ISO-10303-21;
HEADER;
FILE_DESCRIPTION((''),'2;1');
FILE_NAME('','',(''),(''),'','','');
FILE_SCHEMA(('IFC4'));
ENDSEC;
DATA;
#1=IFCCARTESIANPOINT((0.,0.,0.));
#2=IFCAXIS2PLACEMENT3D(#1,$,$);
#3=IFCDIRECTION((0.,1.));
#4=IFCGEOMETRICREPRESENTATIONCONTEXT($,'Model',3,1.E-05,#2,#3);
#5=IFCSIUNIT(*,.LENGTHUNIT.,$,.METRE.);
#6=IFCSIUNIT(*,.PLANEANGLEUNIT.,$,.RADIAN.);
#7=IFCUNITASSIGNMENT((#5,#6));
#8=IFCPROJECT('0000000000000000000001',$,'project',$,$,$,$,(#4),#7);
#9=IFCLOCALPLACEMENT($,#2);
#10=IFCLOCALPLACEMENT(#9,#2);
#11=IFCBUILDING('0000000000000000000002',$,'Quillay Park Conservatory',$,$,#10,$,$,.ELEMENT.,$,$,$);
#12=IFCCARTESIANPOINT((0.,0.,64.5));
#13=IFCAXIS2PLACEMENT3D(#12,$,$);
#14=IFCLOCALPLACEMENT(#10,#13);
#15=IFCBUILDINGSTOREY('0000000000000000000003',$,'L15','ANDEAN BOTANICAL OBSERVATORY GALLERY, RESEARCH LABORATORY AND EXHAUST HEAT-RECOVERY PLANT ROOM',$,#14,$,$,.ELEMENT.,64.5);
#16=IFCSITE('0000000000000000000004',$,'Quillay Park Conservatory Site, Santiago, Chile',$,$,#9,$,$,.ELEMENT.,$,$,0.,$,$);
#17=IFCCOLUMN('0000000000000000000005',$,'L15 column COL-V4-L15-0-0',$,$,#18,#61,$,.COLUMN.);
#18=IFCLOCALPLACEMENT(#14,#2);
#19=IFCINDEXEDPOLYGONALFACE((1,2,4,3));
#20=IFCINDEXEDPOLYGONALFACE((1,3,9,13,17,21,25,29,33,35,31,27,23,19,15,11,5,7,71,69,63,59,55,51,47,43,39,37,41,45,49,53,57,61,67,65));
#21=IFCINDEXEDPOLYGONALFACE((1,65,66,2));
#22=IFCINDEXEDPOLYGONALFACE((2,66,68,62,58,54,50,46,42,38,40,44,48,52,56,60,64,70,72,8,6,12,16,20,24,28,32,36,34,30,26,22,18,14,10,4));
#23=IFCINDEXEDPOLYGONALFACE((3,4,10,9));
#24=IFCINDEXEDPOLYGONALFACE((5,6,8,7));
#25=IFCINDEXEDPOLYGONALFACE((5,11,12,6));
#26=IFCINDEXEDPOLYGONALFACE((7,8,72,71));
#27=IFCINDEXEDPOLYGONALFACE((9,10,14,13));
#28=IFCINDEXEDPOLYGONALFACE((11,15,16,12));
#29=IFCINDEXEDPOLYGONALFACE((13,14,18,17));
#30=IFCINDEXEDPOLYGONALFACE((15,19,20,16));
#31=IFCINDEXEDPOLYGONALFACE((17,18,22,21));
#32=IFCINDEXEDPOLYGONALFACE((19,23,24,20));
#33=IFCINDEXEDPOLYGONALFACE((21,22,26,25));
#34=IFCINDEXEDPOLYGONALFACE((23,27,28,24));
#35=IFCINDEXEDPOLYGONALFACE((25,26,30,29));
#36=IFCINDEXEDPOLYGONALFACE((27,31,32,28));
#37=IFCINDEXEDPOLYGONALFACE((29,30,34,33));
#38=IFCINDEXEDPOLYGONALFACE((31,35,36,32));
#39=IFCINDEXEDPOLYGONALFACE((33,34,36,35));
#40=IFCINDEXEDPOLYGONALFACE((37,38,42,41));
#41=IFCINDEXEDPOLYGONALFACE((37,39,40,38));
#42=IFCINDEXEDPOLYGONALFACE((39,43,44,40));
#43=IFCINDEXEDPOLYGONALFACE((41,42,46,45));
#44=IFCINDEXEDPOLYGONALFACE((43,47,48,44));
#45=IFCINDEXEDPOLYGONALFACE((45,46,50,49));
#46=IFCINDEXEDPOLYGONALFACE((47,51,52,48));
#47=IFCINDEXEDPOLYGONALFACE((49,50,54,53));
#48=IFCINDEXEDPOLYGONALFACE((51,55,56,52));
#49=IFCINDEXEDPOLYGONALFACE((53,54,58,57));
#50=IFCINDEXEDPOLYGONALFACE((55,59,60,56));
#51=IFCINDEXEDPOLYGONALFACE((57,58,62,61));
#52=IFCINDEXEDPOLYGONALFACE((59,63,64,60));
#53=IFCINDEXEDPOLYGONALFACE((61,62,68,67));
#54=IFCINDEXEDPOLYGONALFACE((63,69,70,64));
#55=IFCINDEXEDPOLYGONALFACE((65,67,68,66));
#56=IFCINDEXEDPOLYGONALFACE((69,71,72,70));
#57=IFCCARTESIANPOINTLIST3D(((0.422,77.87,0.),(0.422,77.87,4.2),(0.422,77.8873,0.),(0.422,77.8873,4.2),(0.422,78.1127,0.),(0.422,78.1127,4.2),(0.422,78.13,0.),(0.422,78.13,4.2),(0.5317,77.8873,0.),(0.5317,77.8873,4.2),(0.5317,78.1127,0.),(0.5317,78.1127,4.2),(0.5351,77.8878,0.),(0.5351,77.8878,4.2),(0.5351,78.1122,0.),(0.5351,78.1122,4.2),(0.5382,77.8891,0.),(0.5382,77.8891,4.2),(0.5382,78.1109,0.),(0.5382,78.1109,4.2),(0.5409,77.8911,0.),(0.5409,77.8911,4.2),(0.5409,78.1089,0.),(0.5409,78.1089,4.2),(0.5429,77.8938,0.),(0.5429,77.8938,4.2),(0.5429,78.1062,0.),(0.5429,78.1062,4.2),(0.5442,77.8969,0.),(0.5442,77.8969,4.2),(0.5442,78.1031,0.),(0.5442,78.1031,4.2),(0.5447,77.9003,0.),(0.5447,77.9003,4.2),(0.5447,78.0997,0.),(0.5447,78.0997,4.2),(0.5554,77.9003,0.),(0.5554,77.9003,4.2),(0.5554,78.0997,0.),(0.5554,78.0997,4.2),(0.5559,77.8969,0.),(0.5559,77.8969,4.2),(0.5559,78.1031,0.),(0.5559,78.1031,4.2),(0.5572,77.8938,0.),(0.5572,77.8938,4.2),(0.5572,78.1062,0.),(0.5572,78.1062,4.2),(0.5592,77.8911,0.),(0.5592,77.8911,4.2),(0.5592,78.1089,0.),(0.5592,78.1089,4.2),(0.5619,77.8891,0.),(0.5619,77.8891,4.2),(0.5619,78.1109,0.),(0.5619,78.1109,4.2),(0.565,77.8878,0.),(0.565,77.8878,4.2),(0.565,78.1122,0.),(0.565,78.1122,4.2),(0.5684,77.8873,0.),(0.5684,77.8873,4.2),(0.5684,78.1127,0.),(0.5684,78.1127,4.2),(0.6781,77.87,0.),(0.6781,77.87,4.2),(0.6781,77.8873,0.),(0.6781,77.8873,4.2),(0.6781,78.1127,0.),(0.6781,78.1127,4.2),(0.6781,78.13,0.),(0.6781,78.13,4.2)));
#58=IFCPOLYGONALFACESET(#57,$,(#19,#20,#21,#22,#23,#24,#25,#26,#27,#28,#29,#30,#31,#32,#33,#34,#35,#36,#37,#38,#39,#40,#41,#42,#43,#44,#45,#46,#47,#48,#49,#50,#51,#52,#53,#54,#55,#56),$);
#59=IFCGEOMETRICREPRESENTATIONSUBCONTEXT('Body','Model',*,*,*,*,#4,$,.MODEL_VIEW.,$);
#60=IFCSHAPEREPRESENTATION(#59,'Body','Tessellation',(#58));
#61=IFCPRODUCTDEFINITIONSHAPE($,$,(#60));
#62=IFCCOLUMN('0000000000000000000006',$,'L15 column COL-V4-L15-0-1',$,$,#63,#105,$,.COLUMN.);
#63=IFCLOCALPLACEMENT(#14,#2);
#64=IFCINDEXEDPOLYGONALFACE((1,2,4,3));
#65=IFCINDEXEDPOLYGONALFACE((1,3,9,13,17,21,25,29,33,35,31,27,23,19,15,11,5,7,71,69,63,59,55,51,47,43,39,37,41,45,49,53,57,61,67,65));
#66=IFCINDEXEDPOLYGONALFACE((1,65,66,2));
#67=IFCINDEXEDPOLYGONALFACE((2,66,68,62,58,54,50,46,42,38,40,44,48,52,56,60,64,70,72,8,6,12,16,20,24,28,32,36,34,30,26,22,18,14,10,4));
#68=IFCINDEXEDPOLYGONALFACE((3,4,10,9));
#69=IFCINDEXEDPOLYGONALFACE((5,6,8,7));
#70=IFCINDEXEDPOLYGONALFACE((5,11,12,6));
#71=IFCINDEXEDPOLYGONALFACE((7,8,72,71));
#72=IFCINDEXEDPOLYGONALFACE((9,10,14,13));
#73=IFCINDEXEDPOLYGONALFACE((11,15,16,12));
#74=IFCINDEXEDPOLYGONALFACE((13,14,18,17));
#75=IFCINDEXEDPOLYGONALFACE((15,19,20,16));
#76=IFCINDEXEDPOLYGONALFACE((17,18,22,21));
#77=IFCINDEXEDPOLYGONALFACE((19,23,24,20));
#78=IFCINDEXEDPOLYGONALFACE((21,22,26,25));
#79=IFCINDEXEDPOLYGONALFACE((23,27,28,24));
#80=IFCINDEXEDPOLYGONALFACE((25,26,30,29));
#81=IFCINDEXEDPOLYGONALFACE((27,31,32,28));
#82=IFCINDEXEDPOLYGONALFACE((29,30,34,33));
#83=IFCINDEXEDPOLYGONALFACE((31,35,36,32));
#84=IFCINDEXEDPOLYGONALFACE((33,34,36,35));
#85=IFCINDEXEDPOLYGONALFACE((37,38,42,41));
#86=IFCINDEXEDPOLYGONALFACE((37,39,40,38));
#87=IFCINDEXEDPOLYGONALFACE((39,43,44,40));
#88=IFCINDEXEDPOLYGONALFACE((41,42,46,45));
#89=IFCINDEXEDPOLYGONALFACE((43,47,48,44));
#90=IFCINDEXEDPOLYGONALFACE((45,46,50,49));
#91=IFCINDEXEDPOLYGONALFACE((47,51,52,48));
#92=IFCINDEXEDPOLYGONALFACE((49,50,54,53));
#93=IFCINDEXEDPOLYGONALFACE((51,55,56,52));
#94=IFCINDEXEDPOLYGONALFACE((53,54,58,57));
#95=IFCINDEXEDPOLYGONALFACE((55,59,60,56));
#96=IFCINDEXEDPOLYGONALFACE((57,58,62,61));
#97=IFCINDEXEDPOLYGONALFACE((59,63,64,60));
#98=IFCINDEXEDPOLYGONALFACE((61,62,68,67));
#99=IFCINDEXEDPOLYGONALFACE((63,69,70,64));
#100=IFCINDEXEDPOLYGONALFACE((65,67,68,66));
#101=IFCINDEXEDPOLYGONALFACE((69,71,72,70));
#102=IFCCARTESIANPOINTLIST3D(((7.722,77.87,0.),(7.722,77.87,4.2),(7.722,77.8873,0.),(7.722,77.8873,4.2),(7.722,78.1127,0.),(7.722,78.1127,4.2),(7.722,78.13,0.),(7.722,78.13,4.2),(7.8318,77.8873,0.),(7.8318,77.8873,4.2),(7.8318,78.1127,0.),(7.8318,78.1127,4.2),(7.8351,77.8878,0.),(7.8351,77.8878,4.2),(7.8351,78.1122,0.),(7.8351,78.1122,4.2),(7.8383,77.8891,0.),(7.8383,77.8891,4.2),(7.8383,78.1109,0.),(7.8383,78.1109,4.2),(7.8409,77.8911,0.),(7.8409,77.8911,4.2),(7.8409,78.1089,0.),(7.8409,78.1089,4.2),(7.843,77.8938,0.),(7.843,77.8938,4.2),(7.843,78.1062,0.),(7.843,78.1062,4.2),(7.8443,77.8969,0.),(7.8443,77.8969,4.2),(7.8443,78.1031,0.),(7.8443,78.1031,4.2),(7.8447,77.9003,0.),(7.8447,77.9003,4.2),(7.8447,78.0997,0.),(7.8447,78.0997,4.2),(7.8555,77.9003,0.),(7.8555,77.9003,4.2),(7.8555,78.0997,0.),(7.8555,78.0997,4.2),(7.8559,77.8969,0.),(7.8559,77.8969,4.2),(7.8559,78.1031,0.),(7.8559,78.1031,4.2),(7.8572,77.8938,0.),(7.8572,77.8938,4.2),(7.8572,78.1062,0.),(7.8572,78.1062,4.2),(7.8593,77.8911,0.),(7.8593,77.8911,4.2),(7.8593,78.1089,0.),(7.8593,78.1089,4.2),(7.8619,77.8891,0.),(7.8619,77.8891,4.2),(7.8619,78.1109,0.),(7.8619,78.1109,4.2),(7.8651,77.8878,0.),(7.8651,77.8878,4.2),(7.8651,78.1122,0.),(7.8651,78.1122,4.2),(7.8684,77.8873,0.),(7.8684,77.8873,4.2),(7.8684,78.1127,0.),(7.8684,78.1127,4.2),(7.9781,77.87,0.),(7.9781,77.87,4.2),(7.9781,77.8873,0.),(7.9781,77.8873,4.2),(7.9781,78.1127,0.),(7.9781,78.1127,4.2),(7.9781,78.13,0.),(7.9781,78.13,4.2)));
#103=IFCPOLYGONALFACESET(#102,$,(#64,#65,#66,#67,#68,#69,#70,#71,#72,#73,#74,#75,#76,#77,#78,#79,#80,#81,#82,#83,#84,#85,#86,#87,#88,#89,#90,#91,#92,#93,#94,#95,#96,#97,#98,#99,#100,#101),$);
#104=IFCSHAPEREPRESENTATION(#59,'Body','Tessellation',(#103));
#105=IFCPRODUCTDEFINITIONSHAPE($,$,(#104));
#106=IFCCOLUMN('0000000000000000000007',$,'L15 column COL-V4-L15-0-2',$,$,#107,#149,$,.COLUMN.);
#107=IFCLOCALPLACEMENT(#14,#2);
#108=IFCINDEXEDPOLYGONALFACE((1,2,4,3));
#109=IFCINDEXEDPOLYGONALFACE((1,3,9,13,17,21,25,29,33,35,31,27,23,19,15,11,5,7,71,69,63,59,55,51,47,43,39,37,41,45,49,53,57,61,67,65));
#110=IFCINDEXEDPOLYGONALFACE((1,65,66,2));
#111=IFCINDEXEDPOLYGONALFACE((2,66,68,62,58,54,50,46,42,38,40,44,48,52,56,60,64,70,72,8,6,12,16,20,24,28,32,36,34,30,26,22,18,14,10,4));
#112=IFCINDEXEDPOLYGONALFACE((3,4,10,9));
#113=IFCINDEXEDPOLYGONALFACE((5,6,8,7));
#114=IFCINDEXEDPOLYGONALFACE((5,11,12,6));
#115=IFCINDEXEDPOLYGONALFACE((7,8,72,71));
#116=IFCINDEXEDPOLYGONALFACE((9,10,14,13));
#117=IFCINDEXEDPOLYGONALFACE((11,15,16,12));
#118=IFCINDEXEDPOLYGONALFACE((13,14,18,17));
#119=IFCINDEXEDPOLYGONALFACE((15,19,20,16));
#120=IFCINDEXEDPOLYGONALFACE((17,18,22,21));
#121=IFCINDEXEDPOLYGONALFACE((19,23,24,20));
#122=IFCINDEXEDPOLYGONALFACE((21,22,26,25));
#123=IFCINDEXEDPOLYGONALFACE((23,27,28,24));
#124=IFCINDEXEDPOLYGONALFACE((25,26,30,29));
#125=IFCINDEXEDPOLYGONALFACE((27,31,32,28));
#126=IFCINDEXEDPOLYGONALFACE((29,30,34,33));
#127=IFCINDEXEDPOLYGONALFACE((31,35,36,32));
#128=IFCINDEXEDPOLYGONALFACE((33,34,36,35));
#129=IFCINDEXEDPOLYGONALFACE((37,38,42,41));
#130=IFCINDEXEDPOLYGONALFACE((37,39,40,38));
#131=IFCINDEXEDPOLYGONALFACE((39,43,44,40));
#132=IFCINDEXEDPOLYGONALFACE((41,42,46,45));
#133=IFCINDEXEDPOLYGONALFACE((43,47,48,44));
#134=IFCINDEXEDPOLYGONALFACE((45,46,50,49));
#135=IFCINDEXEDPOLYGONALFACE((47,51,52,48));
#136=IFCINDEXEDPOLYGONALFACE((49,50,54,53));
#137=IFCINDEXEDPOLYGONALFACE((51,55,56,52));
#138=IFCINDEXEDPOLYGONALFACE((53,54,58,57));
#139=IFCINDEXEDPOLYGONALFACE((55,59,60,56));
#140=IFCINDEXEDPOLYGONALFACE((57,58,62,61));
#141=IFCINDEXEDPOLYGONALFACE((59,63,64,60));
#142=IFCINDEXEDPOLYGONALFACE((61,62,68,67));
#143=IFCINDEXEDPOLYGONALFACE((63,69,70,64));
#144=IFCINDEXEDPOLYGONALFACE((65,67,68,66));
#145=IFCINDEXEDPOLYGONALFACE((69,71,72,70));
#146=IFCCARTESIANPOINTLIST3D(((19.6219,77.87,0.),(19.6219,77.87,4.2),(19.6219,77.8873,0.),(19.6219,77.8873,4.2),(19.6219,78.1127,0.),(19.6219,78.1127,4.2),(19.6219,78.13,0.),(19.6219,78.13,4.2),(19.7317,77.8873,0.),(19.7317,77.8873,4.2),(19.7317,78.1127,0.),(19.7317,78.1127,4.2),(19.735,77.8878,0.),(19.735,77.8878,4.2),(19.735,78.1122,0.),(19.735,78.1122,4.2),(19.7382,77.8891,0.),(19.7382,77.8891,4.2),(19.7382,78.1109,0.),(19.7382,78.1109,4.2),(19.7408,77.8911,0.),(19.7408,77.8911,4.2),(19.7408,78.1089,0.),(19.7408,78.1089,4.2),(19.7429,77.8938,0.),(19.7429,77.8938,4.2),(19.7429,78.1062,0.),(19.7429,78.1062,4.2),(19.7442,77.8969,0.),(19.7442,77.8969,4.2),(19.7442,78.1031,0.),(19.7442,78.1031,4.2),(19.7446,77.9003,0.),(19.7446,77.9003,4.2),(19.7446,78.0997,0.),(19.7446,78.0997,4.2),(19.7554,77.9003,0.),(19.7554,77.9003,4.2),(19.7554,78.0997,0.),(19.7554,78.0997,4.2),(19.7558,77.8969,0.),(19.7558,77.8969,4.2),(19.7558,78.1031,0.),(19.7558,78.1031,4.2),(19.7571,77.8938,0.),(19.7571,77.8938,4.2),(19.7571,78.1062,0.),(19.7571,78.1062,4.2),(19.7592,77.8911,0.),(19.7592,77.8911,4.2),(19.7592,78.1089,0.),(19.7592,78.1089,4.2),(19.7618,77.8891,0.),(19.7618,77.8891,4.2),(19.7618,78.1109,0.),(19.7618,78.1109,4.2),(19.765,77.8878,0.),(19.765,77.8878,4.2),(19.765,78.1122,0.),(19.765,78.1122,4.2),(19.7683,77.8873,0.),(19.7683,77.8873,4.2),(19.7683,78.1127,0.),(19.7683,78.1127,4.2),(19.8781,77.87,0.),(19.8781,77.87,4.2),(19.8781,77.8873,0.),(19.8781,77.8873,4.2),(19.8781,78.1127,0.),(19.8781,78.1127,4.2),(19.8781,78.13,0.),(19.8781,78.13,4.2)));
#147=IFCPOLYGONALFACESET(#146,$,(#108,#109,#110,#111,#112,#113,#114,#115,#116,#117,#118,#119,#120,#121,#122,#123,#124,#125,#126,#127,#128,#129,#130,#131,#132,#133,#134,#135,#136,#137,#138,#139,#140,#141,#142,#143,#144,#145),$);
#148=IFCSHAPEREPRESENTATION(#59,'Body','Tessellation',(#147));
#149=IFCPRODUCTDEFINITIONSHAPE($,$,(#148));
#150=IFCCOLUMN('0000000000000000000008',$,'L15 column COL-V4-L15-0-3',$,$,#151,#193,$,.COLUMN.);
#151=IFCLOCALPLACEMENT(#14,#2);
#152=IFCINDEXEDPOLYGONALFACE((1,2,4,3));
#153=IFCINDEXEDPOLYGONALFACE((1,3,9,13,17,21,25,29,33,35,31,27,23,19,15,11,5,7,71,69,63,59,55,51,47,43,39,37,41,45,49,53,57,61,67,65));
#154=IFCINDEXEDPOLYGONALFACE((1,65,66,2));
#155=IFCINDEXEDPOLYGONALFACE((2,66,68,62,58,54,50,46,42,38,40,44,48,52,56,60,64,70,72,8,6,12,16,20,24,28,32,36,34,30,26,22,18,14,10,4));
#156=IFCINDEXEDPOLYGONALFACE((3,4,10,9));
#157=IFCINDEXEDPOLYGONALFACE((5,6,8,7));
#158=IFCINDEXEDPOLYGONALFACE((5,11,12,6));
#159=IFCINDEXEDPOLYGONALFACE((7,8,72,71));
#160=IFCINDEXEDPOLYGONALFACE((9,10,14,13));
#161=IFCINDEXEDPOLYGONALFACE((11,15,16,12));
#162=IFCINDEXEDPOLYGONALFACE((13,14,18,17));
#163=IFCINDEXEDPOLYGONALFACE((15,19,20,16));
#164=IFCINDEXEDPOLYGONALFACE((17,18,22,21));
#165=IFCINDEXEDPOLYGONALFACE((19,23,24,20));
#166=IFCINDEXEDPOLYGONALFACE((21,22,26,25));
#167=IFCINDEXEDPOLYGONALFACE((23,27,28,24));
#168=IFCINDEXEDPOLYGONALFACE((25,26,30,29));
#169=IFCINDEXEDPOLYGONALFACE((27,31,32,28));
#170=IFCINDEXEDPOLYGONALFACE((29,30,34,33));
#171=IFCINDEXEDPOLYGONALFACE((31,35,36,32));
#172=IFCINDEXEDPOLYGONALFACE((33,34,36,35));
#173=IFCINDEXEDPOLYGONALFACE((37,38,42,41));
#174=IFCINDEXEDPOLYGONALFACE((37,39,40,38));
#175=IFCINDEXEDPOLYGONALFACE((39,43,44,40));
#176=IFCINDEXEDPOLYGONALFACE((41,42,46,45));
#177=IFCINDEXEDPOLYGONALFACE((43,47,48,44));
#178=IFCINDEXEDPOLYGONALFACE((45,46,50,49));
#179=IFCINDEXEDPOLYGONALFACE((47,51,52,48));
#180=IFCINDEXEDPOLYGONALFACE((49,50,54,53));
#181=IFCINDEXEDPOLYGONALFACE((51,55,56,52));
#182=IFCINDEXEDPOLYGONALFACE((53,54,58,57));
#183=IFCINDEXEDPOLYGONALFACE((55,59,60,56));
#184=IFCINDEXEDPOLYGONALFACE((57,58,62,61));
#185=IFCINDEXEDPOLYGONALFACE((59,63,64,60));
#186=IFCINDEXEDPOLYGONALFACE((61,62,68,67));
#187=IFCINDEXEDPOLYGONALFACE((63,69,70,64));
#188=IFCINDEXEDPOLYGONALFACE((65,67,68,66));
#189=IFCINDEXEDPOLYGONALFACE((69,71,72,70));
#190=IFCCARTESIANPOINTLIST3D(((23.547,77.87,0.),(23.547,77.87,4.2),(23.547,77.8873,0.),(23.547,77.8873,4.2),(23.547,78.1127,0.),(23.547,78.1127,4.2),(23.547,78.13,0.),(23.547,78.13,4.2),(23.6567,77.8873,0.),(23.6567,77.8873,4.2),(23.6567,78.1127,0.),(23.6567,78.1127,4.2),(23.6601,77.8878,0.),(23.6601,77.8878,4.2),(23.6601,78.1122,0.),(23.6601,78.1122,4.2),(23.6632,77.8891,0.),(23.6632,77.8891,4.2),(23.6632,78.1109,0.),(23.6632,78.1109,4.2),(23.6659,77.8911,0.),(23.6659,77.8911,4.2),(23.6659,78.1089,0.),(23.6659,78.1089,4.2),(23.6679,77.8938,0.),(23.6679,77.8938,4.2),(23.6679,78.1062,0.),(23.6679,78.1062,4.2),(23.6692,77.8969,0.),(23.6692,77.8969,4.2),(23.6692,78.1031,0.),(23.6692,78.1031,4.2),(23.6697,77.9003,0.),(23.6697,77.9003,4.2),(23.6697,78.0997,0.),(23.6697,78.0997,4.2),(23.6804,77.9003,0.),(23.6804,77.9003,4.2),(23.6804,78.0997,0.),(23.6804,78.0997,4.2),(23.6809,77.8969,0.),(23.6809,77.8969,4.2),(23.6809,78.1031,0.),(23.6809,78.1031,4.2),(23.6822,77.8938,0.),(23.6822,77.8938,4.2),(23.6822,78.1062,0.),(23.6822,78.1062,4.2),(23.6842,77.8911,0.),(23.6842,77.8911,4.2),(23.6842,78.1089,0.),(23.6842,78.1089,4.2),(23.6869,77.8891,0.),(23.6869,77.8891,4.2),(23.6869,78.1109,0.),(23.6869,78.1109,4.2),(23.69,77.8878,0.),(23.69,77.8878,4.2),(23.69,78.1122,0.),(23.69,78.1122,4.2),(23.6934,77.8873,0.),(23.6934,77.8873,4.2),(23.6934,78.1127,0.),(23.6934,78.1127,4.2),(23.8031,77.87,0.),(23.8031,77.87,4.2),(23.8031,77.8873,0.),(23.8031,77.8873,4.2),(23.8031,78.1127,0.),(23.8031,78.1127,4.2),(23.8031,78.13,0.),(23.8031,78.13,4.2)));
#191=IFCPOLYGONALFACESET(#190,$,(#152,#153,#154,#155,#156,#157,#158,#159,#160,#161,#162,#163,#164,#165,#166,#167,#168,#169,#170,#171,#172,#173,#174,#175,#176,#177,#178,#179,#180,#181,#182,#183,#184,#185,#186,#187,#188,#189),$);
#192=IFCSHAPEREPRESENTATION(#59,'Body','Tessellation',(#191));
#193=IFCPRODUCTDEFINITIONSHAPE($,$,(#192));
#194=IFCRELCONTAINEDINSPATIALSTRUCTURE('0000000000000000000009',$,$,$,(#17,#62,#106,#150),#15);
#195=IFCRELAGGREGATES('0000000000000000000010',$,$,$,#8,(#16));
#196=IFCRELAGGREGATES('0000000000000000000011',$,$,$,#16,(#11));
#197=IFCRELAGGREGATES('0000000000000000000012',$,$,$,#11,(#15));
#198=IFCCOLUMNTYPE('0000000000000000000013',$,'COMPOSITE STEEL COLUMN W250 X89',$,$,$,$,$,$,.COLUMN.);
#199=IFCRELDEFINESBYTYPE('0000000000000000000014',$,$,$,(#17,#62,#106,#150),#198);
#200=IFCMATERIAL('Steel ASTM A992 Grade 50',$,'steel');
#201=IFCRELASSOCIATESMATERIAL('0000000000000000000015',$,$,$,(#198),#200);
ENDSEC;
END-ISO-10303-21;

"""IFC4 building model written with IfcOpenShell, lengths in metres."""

from ifc_helpers import new_model, si_unit, direction, frame, origin, origin_2d, place, context, subcontext, project, spatial, i_section, extrude, material, material_profile, profile_set, type_object, element, save


model = new_model("IFC4")

# Units and contexts
model_context = context("Model", 3, precision=1e-05, world=origin(), true_north=direction((0.0, 1.0)))
body_context = subcontext(model_context, "Body", "Model", "MODEL_VIEW")
ifc_project = project(units=[si_unit("LENGTHUNIT", "METRE"), si_unit("PLANEANGLEUNIT", "RADIAN")], contexts=[model_context])

# Site, building, storey
site_placement = place(None, origin())
site = spatial("IfcSite", under=ifc_project, at=site_placement, Name="Quillay Park Conservatory Site, Santiago, Chile", CompositionType="ELEMENT", RefElevation=0.0)
building_placement = place(site_placement, origin())
building = spatial("IfcBuilding", under=site, at=building_placement, Name="Quillay Park Conservatory", CompositionType="ELEMENT")
storey_placement = place(building_placement, frame((0.0, 0.0, 64.5)))
storey = spatial("IfcBuildingStorey", under=building, at=storey_placement, Name="L15", Description="ANDEAN BOTANICAL OBSERVATORY GALLERY, RESEARCH LABORATORY AND EXHAUST HEAT-RECOVERY PLANT ROOM", CompositionType="ELEMENT", Elevation=64.5)

# Columns
ifc_material_1 = material(Name="Steel ASTM A992 Grade 50", Category="steel")
ifc_material_profile_1 = material_profile(ifc_material_1, i_section(OverallWidth=0.2561, OverallDepth=0.26, WebThickness=0.0107, FlangeThickness=0.0173, FilletRadius=0.0129, at=origin_2d()), Name="W250x89")
ifc_profile_set_1 = profile_set([ifc_material_profile_1], Name="Steel ASTM A992 Grade 50")
column_type = type_object("IfcColumnType", Name="COMPOSITE STEEL COLUMN W250 X89", PredefinedType="COLUMN", material=ifc_profile_set_1)
for number, where, z_axis, x_axis, name in (
    (1, (0.55, 78.0, 0.0), (0.0, 0.0, 1.0), (1.0, 0.0, 0.0), "L15 column COL-V4-L15-0-0"),
    (2, (7.8501, 78.0, 0.0), (0.0, 0.0, 1.0), (1.0, 0.0, 0.0), "L15 column COL-V4-L15-0-1"),
    (3, (19.75, 78.0, 0.0), (0.0, 0.0, 1.0), (1.0, 0.0, 0.0), "L15 column COL-V4-L15-0-2"),
    (4, (23.675, 78.0, 0.0), (0.0, 0.0, 1.0), (1.0, 0.0, 0.0), "L15 column COL-V4-L15-0-3"),
):
    element("IfcColumn", number, at=place(storey_placement, frame(where, z_axis=z_axis, x_axis=x_axis)), inside=storey, type_object=column_type, Name=name, PredefinedType="COLUMN", context=body_context, shape_type="SweptSolid", body=[
        extrude(i_section(OverallWidth=0.2561, OverallDepth=0.26, WebThickness=0.0107, FlangeThickness=0.0173, FilletRadius=0.0129, at=origin_2d()), origin(), (0.0, 0.0, 1.0), 4.2),
    ])

save(model, "model.ifc")
